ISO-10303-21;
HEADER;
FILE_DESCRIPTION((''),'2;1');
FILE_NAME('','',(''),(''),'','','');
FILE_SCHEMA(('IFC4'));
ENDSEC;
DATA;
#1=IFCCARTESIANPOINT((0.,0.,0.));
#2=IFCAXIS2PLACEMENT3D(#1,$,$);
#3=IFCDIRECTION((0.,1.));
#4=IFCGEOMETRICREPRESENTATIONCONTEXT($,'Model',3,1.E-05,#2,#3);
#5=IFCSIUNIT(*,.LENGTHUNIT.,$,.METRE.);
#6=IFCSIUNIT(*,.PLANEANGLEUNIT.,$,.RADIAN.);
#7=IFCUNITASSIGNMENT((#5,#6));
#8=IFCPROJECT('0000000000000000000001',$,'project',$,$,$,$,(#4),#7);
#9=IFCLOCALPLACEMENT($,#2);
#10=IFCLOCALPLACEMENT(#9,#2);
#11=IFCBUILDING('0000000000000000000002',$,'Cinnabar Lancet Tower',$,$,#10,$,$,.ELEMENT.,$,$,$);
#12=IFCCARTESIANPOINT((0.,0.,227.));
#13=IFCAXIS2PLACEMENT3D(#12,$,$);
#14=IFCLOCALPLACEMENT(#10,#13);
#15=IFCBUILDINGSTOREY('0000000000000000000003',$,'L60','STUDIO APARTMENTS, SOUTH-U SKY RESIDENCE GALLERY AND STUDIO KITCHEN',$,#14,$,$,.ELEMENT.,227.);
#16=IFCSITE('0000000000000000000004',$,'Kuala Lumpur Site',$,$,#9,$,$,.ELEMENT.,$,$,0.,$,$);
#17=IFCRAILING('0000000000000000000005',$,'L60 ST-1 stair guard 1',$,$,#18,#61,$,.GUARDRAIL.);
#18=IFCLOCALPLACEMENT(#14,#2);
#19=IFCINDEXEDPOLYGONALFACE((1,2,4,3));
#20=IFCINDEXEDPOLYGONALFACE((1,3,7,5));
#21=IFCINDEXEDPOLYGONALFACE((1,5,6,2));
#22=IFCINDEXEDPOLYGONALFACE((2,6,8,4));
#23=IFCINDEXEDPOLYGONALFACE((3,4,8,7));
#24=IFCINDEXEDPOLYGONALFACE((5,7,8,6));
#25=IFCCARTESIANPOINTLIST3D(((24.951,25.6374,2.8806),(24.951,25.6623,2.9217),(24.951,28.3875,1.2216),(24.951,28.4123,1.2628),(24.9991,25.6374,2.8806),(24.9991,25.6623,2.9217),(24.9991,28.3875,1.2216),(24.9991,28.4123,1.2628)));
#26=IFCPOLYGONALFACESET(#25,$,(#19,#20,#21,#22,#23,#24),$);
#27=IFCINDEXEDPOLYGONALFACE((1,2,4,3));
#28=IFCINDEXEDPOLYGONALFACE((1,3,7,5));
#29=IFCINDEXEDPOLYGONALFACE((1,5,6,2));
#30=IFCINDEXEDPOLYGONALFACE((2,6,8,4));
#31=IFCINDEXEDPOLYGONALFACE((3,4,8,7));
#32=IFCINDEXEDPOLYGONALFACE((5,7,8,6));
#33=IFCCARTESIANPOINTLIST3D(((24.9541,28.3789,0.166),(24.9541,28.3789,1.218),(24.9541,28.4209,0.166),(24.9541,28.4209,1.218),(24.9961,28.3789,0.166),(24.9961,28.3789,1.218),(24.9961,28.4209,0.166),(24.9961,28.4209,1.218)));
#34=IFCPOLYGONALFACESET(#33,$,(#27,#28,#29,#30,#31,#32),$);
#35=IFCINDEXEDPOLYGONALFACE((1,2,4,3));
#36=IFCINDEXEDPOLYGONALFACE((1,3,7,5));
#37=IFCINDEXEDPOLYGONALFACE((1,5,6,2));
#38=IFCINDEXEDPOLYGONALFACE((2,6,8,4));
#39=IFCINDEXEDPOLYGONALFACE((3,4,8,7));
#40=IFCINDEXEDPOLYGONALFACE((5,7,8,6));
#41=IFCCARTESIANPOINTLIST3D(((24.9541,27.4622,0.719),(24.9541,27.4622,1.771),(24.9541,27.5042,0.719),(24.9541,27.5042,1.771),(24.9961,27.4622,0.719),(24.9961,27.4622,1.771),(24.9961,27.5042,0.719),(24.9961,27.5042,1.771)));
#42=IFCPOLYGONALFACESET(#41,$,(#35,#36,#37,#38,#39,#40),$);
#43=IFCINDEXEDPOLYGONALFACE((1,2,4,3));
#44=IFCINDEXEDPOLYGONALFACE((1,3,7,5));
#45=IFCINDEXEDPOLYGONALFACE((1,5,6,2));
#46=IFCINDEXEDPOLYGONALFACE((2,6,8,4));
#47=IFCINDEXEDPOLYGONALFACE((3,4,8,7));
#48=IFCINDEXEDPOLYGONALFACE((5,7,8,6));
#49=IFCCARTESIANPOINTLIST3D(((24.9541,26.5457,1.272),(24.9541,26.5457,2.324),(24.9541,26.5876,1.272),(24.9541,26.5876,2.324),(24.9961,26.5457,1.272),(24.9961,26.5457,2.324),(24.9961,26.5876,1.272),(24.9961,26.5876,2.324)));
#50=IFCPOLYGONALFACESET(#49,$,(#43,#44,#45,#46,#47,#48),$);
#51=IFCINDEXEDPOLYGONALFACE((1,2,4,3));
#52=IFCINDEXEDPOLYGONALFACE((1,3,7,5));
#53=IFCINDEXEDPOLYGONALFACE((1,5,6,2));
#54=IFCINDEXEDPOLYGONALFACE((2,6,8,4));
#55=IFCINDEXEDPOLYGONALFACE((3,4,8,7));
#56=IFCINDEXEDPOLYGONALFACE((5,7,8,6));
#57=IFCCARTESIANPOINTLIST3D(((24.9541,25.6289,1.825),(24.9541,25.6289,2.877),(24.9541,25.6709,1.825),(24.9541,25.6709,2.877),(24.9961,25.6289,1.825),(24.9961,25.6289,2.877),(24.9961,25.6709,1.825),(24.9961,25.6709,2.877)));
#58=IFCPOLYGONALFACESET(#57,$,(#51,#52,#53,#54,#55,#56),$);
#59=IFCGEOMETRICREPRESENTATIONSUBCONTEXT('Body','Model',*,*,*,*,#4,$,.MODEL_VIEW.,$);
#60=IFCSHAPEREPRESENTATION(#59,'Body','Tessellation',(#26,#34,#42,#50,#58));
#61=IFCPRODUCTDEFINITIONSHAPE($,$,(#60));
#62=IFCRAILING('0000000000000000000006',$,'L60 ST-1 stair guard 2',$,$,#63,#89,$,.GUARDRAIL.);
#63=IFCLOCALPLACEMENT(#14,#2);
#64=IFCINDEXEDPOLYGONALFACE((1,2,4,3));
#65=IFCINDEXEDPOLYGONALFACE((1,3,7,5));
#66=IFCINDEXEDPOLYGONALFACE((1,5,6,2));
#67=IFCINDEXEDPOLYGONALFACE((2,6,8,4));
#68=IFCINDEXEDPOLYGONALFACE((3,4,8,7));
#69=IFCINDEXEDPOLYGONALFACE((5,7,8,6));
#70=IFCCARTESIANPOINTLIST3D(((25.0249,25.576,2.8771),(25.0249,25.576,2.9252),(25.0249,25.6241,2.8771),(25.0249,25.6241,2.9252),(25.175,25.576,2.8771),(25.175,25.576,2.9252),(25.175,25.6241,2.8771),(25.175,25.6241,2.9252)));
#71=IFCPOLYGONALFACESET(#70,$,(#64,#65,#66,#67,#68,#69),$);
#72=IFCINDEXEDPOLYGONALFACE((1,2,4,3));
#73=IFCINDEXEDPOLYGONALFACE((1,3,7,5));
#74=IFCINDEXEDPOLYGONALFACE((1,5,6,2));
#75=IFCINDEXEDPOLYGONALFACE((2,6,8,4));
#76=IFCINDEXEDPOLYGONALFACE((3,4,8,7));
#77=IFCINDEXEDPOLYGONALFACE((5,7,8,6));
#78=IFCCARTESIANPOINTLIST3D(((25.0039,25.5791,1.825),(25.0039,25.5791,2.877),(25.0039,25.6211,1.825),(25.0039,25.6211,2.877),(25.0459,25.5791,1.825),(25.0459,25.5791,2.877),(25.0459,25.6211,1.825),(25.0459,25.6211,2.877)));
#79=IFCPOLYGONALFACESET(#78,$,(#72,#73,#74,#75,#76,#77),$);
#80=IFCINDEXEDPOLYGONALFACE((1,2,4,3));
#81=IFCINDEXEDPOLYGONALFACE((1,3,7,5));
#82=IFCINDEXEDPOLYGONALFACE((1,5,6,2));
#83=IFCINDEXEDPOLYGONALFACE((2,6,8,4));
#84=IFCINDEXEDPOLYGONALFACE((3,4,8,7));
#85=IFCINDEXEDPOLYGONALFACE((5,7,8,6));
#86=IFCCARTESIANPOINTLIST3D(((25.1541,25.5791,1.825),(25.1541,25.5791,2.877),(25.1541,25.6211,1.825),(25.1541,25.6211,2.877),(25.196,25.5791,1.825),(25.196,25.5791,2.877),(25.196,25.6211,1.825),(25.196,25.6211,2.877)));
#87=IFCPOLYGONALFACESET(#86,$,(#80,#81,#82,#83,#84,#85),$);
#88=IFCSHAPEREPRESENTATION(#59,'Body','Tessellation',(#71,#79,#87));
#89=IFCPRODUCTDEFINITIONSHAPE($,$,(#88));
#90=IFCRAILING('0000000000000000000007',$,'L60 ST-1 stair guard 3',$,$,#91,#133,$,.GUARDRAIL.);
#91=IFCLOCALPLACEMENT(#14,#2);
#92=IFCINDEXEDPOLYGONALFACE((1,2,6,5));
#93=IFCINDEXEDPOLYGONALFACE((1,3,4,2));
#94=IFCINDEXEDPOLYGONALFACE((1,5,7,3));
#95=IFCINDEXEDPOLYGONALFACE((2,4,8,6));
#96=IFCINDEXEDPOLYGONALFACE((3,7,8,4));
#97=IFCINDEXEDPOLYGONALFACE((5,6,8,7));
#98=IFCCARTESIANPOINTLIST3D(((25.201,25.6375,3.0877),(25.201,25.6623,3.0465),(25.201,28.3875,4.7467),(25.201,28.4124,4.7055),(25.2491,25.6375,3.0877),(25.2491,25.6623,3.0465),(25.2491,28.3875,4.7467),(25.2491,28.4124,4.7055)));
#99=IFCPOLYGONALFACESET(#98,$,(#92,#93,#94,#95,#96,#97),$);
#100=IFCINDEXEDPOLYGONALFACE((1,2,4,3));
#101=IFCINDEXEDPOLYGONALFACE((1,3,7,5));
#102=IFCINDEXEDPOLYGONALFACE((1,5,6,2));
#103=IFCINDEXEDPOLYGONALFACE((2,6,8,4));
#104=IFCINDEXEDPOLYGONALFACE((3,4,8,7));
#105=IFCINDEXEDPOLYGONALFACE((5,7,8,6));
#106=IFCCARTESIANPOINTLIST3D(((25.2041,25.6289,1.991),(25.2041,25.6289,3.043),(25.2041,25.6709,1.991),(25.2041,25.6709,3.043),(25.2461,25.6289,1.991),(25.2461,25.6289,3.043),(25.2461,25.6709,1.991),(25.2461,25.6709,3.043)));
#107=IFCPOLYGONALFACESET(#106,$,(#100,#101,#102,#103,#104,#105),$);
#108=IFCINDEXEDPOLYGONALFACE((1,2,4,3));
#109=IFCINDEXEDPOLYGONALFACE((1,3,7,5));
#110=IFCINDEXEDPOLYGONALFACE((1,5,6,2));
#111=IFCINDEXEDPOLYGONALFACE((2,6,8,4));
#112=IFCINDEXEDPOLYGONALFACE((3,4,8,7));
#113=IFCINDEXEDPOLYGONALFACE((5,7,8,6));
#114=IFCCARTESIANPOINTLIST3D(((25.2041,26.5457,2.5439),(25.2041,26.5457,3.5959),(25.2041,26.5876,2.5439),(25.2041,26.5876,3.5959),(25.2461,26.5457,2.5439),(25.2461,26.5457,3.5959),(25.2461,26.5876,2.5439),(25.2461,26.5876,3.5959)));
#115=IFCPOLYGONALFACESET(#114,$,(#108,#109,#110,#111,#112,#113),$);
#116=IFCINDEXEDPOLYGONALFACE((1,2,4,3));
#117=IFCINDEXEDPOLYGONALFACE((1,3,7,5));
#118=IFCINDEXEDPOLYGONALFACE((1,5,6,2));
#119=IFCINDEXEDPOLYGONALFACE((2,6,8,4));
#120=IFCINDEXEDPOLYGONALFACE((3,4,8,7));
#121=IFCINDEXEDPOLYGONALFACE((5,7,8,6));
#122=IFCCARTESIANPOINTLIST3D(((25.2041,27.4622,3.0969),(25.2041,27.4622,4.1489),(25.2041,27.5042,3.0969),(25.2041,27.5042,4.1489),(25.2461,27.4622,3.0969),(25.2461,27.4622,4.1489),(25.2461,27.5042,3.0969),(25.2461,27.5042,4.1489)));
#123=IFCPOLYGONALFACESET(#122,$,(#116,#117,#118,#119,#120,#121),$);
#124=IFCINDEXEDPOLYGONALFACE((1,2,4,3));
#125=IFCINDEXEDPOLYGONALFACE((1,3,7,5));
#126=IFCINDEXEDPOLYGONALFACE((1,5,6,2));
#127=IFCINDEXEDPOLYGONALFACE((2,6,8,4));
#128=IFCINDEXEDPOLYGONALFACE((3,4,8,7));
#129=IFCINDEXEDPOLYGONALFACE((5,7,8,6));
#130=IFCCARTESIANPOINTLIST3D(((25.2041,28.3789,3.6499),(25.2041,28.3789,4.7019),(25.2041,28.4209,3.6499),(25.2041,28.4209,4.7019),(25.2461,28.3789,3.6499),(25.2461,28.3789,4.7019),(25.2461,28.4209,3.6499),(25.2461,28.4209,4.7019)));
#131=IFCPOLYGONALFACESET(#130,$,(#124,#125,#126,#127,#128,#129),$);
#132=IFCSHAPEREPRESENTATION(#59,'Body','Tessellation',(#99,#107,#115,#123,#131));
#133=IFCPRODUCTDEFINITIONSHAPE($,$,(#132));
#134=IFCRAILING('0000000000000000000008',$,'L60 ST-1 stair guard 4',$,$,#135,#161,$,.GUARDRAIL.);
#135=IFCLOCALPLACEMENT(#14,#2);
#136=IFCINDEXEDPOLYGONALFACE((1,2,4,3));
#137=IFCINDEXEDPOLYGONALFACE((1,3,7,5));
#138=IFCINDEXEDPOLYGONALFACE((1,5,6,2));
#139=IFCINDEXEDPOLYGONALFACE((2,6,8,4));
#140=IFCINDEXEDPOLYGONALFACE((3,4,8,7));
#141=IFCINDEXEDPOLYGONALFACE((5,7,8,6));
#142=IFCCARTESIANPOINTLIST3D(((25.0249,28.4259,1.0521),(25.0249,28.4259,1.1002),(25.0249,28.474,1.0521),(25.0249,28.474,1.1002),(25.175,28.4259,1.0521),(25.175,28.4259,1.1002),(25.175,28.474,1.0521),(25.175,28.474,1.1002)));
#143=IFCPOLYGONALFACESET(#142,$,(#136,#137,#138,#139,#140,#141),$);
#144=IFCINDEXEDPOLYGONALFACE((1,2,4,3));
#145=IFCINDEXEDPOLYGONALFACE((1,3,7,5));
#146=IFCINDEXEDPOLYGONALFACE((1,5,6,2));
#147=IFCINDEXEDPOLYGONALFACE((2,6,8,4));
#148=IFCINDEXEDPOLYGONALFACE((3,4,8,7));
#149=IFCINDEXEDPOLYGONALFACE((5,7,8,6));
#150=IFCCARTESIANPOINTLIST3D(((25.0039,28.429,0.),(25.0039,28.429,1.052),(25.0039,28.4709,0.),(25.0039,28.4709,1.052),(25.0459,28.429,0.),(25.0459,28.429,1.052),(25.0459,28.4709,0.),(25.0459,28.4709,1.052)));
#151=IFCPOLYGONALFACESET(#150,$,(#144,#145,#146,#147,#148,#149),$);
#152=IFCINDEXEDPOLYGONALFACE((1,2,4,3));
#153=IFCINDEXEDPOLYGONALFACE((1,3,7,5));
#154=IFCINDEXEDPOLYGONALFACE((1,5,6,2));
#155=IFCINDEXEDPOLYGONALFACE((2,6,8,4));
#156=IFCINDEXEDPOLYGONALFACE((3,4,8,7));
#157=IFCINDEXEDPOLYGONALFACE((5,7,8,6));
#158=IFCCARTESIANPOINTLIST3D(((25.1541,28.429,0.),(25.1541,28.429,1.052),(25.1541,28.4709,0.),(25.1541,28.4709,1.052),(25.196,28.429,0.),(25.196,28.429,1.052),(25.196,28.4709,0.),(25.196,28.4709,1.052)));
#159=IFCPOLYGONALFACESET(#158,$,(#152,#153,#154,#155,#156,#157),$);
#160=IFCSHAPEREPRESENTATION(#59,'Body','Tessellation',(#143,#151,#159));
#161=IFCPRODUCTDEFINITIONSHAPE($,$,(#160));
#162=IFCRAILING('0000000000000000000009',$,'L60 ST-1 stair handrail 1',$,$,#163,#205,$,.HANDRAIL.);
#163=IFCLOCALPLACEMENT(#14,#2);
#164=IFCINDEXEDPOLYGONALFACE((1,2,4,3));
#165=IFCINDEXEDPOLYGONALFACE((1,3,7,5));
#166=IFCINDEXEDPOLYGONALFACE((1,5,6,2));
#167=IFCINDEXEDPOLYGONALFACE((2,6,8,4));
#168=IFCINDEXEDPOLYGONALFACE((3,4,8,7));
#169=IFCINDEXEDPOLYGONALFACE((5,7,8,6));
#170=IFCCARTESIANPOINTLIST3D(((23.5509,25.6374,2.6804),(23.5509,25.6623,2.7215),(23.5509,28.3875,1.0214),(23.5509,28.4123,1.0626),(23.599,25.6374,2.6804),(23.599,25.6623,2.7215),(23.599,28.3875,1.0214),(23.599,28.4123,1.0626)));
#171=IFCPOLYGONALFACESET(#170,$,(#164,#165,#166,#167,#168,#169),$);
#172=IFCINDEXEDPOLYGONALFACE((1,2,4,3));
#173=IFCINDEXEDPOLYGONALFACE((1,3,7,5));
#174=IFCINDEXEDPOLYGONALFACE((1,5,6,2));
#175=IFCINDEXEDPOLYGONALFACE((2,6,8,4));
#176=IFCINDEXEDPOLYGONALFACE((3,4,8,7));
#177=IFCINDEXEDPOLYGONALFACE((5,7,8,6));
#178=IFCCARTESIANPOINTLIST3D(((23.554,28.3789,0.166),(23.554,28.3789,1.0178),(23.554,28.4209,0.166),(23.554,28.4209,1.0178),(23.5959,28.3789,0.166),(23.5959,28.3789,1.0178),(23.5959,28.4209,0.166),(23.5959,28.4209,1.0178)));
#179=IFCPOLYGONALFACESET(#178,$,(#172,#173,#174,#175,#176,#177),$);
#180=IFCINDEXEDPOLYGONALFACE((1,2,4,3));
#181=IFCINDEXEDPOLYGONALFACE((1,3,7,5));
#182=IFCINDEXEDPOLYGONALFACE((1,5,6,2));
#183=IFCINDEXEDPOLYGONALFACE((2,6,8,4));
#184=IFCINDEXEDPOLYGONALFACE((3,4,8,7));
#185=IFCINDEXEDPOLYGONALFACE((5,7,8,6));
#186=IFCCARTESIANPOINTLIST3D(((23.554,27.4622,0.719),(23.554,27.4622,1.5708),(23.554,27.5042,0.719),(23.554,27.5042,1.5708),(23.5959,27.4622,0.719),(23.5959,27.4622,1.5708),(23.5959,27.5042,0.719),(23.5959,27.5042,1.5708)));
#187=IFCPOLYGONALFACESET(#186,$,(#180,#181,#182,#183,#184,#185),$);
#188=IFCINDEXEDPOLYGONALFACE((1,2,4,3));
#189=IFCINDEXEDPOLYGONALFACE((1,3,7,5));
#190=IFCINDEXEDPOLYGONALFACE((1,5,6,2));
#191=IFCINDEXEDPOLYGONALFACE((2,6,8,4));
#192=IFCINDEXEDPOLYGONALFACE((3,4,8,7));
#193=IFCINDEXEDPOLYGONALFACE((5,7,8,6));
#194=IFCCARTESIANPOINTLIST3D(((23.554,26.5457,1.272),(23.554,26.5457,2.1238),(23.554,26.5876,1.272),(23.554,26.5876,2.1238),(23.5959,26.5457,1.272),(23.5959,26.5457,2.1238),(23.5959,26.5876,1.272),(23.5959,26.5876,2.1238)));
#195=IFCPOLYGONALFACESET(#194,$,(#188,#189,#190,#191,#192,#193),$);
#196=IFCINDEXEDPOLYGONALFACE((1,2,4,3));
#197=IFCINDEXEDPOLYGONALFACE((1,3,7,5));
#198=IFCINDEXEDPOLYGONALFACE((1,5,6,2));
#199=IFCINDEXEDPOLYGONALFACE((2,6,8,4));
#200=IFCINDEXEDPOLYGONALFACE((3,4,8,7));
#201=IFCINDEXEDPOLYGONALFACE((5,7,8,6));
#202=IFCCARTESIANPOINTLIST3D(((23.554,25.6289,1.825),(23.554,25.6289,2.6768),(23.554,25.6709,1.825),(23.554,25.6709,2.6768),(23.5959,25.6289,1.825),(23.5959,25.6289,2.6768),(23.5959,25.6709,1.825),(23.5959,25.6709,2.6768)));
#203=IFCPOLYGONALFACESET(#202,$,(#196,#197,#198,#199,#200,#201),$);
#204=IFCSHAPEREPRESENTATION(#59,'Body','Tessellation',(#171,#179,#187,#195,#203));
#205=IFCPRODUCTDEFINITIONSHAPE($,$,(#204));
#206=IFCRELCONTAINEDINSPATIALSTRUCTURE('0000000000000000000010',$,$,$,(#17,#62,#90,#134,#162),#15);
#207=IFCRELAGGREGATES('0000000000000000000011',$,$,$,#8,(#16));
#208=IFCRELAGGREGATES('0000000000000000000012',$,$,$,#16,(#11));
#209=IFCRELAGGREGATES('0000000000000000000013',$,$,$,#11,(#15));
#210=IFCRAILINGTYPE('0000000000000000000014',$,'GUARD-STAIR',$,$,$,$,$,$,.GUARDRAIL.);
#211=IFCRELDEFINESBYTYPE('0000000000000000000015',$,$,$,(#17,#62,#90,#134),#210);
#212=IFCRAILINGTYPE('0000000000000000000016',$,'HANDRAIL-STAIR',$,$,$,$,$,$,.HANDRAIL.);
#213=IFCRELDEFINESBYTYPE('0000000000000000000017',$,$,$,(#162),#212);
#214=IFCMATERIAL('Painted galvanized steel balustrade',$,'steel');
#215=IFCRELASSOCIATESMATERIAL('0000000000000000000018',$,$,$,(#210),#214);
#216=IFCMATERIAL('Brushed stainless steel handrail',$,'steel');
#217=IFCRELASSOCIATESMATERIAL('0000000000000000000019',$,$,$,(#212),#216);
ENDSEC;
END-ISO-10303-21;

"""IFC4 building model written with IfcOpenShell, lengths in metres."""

from ifc_helpers import new_model, si_unit, direction, frame, origin, origin_2d, place, context, subcontext, project, spatial, rectangle, extrude, material, type_object, element, save


model = new_model("IFC4")

# Units and contexts
model_context = context("Model", 3, precision=1e-05, world=origin(), true_north=direction((0.0, 1.0)))
body_context = subcontext(model_context, "Body", "Model", "MODEL_VIEW")
ifc_project = project(units=[si_unit("LENGTHUNIT", "METRE"), si_unit("PLANEANGLEUNIT", "RADIAN")], contexts=[model_context])

# Site, building, storey
site_placement = place(None, origin())
site = spatial("IfcSite", under=ifc_project, at=site_placement, Name="Kuala Lumpur Site", CompositionType="ELEMENT", RefElevation=0.0)
building_placement = place(site_placement, origin())
building = spatial("IfcBuilding", under=site, at=building_placement, Name="Cinnabar Lancet Tower", CompositionType="ELEMENT")
storey_placement = place(building_placement, frame((0.0, 0.0, 227.0)))
storey = spatial("IfcBuildingStorey", under=building, at=storey_placement, Name="L60", Description="STUDIO APARTMENTS, SOUTH-U SKY RESIDENCE GALLERY AND STUDIO KITCHEN", CompositionType="ELEMENT", Elevation=227.0)

# Railings
ifc_material_1 = material(Name="Painted galvanized steel balustrade", Category="steel")
railing_type_1 = type_object("IfcRailingType", Name="GUARD-STAIR", PredefinedType="GUARDRAIL", material=ifc_material_1)
railing_1_placement = place(storey_placement, frame((24.9751, 28.3999, 0.166)))
element("IfcRailing", 1, at=railing_1_placement, inside=storey, type_object=railing_type_1, Name="L60 ST-1 stair guard 1", PredefinedType="GUARDRAIL", context=body_context, shape_type="SweptSolid", body=[
    extrude(rectangle(XDim=0.0481, YDim=0.0481, at=origin_2d()), frame((0.0, 0.0, 1.0762), z_axis=(0.0, -0.856263, 0.51654), x_axis=(1.0, 0.0, 0.0)), (0.0, 0.0, 1.0), 3.2117),
    extrude(rectangle(XDim=0.042, YDim=0.042, at=origin_2d()), origin(), (0.0, 0.0, 1.0), 1.052),
    extrude(rectangle(XDim=0.042, YDim=0.042, at=origin_2d()), frame((0.0, -0.9167, 0.553)), (0.0, 0.0, 1.0), 1.052),
    extrude(rectangle(XDim=0.042, YDim=0.042, at=origin_2d()), frame((0.0, -1.8333, 1.106)), (0.0, 0.0, 1.0), 1.052),
    extrude(rectangle(XDim=0.042, YDim=0.042, at=origin_2d()), frame((0.0, -2.75, 1.6589)), (0.0, 0.0, 1.0), 1.052),
])
railing_2_placement = place(storey_placement, frame((25.0249, 25.6001, 1.825)))
element("IfcRailing", 2, at=railing_2_placement, inside=storey, type_object=railing_type_1, Name="L60 ST-1 stair guard 2", PredefinedType="GUARDRAIL", context=body_context, shape_type="SweptSolid", body=[
    extrude(rectangle(XDim=0.0481, YDim=0.0481, at=origin_2d()), frame((0.0, 0.0, 1.0762), z_axis=(1.0, 0.0, 0.0), x_axis=(0.0, 1.0, 0.0)), (0.0, 0.0, 1.0), 0.1501),
    extrude(rectangle(XDim=0.042, YDim=0.042, at=origin_2d()), origin(), (0.0, 0.0, 1.0), 1.052),
    extrude(rectangle(XDim=0.042, YDim=0.042, at=origin_2d()), frame((0.1501, 0.0, 0.0)), (0.0, 0.0, 1.0), 1.052),
])
railing_3_placement = place(storey_placement, frame((25.2251, 25.6499, 1.991)))
element("IfcRailing", 3, at=railing_3_placement, inside=storey, type_object=railing_type_1, Name="L60 ST-1 stair guard 3", PredefinedType="GUARDRAIL", context=body_context, shape_type="SweptSolid", body=[
    extrude(rectangle(XDim=0.0481, YDim=0.0481, at=origin_2d()), frame((0.0, 0.0, 1.0762), z_axis=(0.0, 0.856263, 0.51654), x_axis=(-1.0, 0.0, 0.0)), (0.0, 0.0, 1.0), 3.2117),
    extrude(rectangle(XDim=0.042, YDim=0.042, at=origin_2d()), origin(), (0.0, 0.0, 1.0), 1.052),
    extrude(rectangle(XDim=0.042, YDim=0.042, at=origin_2d()), frame((0.0, 0.9167, 0.553)), (0.0, 0.0, 1.0), 1.052),
    extrude(rectangle(XDim=0.042, YDim=0.042, at=origin_2d()), frame((0.0, 1.8333, 1.106)), (0.0, 0.0, 1.0), 1.052),
    extrude(rectangle(XDim=0.042, YDim=0.042, at=origin_2d()), frame((0.0, 2.75, 1.6589)), (0.0, 0.0, 1.0), 1.052),
])
railing_4_placement = place(storey_placement, frame((25.0249, 28.45, 0.0)))
element("IfcRailing", 4, at=railing_4_placement, inside=storey, type_object=railing_type_1, Name="L60 ST-1 stair guard 4", PredefinedType="GUARDRAIL", context=body_context, shape_type="SweptSolid", body=[
    extrude(rectangle(XDim=0.0481, YDim=0.0481, at=origin_2d()), frame((0.0, 0.0, 1.0762), z_axis=(1.0, 0.0, 0.0), x_axis=(0.0, 1.0, 0.0)), (0.0, 0.0, 1.0), 0.1501),
    extrude(rectangle(XDim=0.042, YDim=0.042, at=origin_2d()), origin(), (0.0, 0.0, 1.0), 1.052),
    extrude(rectangle(XDim=0.042, YDim=0.042, at=origin_2d()), frame((0.1501, 0.0, 0.0)), (0.0, 0.0, 1.0), 1.052),
])
ifc_material_2 = material(Name="Brushed stainless steel handrail", Category="steel")
railing_type_2 = type_object("IfcRailingType", Name="HANDRAIL-STAIR", PredefinedType="HANDRAIL", material=ifc_material_2)
railing_5_placement = place(storey_placement, frame((23.575, 28.3999, 0.166)))
element("IfcRailing", 5, at=railing_5_placement, inside=storey, type_object=railing_type_2, Name="L60 ST-1 stair handrail 1", PredefinedType="HANDRAIL", context=body_context, shape_type="SweptSolid", body=[
    extrude(rectangle(XDim=0.0481, YDim=0.0481, at=origin_2d()), frame((0.0, 0.0, 0.876), z_axis=(0.0, -0.856263, 0.51654), x_axis=(1.0, 0.0, 0.0)), (0.0, 0.0, 1.0), 3.2117),
    extrude(rectangle(XDim=0.042, YDim=0.042, at=origin_2d()), origin(), (0.0, 0.0, 1.0), 0.8518),
    extrude(rectangle(XDim=0.042, YDim=0.042, at=origin_2d()), frame((0.0, -0.9167, 0.553)), (0.0, 0.0, 1.0), 0.8518),
    extrude(rectangle(XDim=0.042, YDim=0.042, at=origin_2d()), frame((0.0, -1.8333, 1.106)), (0.0, 0.0, 1.0), 0.8518),
    extrude(rectangle(XDim=0.042, YDim=0.042, at=origin_2d()), frame((0.0, -2.75, 1.6589)), (0.0, 0.0, 1.0), 0.8518),
])

save(model, "model.ifc")
